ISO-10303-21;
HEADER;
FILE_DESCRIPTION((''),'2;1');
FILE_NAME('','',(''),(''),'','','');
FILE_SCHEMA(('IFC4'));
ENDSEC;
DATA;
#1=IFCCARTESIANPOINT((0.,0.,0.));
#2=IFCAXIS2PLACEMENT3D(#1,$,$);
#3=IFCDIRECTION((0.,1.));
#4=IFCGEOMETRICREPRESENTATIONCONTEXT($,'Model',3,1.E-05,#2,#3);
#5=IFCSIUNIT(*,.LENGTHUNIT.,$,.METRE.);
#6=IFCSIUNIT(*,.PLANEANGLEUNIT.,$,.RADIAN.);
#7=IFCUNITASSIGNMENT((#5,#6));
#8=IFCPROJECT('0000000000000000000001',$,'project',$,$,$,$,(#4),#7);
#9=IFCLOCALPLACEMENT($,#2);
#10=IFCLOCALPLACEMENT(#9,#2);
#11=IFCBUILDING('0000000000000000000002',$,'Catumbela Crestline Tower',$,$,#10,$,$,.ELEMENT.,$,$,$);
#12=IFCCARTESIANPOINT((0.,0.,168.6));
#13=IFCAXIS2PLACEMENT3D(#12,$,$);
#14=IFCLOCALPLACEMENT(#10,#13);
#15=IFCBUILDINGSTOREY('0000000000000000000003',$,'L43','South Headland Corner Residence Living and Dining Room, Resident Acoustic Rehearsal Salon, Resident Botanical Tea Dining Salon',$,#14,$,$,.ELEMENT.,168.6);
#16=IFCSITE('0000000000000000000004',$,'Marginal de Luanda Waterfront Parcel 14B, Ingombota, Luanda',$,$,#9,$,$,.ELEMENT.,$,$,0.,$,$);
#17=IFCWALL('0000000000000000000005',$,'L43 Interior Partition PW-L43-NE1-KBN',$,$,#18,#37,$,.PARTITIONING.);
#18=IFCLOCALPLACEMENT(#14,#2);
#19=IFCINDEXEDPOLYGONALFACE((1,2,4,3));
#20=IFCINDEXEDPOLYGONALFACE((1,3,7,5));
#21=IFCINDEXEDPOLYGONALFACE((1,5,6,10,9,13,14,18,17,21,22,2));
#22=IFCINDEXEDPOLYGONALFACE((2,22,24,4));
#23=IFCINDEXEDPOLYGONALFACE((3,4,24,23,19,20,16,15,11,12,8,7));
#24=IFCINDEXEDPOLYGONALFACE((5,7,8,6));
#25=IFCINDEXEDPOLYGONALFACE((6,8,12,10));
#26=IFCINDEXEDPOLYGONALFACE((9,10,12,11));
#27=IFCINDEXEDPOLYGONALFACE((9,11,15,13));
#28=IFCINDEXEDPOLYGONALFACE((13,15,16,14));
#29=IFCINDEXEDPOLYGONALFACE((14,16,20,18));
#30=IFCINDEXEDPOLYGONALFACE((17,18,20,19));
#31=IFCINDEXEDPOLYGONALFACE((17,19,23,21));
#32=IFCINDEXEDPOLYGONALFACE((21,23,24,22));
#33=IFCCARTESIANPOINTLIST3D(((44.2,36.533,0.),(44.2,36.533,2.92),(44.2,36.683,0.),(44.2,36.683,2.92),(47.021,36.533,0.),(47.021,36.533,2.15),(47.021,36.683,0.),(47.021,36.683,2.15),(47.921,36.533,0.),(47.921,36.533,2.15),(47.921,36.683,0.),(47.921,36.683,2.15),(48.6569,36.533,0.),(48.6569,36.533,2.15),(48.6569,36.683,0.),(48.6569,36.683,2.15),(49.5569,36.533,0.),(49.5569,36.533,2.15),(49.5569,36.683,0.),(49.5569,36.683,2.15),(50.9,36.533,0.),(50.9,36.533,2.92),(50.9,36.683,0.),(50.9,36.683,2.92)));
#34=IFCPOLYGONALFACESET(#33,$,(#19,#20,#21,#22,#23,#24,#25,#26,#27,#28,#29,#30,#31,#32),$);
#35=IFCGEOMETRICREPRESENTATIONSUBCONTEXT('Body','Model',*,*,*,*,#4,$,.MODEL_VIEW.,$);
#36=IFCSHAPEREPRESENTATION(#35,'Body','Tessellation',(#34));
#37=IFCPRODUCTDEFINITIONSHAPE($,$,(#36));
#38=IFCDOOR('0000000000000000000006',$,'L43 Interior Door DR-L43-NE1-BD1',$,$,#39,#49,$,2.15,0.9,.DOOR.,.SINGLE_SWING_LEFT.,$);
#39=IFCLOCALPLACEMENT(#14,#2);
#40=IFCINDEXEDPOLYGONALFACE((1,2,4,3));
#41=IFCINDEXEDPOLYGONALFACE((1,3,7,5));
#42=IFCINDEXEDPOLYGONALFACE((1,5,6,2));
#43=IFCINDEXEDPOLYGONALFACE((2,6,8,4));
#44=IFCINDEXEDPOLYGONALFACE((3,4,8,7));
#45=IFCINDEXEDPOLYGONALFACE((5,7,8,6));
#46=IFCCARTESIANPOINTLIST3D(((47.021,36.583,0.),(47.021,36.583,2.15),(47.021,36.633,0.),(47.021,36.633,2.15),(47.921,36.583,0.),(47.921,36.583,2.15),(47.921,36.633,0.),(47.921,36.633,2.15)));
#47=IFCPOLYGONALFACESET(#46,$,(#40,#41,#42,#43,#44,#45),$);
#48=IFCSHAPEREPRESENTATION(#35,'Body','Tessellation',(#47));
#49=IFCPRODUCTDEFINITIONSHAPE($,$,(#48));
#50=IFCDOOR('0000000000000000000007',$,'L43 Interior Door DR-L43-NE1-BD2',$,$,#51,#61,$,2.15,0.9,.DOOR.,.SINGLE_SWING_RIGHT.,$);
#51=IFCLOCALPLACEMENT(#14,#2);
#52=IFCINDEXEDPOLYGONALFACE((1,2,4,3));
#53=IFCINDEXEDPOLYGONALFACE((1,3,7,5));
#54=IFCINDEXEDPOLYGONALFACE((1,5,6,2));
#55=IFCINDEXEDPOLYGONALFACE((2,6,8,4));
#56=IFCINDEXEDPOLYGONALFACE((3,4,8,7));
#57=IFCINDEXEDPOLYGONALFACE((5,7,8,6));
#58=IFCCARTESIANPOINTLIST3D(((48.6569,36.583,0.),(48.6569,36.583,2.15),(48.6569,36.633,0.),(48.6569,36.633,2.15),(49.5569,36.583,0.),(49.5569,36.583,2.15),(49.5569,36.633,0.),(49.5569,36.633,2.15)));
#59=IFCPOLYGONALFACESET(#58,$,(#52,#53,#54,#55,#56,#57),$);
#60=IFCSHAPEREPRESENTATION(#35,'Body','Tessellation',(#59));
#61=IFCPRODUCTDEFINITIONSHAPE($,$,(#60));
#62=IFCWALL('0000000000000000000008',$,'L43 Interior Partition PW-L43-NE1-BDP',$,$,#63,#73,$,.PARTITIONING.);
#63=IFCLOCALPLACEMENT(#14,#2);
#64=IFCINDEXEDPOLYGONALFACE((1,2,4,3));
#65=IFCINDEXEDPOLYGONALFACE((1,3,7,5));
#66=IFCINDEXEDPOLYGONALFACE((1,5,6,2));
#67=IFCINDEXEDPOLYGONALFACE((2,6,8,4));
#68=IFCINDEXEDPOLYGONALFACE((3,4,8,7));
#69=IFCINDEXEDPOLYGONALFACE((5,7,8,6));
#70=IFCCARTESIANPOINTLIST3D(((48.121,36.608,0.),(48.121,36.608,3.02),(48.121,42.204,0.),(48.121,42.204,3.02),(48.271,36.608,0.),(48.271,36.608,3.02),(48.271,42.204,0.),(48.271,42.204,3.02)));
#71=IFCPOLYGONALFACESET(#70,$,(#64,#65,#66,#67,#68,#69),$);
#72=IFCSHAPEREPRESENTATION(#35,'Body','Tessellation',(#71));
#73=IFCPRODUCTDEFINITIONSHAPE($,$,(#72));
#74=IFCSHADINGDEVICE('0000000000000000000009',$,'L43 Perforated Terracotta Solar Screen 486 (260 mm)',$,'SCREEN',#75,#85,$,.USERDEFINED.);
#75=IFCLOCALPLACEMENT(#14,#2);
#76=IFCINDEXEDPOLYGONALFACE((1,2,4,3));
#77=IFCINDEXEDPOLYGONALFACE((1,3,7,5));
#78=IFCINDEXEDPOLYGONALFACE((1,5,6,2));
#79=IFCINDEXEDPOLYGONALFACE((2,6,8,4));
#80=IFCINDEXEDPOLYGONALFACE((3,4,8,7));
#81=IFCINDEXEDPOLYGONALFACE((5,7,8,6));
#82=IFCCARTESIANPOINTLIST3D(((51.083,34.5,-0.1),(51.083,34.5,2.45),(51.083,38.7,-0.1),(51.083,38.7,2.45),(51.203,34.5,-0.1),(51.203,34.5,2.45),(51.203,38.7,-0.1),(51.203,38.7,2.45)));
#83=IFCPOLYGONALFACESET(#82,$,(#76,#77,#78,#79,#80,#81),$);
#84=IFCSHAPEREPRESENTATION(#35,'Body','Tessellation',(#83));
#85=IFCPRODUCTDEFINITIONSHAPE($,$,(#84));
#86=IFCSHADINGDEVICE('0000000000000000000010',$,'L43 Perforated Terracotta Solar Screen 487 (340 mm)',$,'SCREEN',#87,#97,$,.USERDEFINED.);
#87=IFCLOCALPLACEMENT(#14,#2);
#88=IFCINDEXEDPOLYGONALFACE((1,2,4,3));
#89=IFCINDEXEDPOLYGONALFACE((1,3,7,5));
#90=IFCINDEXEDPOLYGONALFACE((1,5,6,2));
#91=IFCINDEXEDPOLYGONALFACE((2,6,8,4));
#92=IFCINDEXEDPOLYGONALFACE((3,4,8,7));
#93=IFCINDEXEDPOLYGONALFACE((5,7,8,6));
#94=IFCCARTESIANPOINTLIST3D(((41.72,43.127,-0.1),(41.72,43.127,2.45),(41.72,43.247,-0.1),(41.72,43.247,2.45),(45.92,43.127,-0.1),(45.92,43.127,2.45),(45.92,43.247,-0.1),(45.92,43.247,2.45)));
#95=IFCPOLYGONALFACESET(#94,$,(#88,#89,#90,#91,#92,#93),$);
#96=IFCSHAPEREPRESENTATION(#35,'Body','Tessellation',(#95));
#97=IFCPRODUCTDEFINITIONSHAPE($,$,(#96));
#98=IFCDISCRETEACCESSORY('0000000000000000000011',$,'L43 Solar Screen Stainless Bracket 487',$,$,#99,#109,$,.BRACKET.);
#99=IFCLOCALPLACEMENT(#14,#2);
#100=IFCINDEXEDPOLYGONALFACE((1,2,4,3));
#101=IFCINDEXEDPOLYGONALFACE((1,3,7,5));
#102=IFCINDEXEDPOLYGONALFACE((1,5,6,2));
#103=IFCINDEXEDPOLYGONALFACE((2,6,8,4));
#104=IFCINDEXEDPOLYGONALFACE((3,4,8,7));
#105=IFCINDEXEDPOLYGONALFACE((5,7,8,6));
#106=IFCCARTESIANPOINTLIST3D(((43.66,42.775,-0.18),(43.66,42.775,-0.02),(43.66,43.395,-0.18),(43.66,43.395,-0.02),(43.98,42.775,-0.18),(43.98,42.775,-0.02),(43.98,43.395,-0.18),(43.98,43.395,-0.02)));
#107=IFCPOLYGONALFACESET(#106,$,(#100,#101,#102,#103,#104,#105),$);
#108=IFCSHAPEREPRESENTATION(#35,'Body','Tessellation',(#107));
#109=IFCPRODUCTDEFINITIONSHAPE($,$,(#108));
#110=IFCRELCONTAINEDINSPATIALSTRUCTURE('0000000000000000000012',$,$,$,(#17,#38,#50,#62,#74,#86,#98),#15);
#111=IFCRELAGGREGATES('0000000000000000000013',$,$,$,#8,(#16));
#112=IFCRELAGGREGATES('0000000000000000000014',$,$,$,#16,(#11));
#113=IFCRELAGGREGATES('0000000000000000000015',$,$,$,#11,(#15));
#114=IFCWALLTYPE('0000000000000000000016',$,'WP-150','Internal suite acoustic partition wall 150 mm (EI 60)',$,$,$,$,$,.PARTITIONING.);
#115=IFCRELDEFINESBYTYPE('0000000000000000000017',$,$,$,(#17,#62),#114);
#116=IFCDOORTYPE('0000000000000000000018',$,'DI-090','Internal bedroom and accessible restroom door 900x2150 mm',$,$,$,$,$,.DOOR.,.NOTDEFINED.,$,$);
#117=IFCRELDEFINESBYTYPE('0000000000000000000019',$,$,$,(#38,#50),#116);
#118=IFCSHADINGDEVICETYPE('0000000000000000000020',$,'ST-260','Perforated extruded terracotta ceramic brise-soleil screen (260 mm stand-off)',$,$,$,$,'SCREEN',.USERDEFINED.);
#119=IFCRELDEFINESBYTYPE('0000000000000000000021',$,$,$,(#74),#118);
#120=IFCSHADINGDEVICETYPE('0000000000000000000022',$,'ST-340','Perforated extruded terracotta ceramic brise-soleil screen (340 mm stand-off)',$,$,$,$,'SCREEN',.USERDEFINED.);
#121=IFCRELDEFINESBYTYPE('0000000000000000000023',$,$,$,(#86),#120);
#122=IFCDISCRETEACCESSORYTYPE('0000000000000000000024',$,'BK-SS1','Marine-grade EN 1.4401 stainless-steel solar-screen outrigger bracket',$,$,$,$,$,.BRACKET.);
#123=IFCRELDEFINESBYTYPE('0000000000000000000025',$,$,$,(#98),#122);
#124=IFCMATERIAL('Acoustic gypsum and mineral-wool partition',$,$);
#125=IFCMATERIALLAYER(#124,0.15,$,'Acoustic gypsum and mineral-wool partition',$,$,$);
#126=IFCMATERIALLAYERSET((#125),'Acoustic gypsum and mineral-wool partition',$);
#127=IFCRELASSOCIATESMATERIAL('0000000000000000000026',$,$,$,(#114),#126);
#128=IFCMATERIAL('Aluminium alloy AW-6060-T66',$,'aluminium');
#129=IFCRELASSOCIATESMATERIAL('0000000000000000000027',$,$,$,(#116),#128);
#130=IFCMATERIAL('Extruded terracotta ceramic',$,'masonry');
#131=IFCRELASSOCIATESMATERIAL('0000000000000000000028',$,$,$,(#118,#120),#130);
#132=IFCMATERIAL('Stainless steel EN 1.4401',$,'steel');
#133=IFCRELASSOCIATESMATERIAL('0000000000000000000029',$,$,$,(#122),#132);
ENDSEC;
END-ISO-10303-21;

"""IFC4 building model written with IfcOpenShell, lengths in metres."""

from ifc_helpers import new_model, si_unit, direction, frame, frame_2d, origin, origin_2d, place, context, subcontext, project, spatial, rectangle, extrude, material, layer, layer_set, type_object, element, fill, save


model = new_model("IFC4")

# Units and contexts
model_context = context("Model", 3, precision=1e-05, world=origin(), true_north=direction((0.0, 1.0)))
body_context = subcontext(model_context, "Body", "Model", "MODEL_VIEW")
ifc_project = project(units=[si_unit("LENGTHUNIT", "METRE"), si_unit("PLANEANGLEUNIT", "RADIAN")], contexts=[model_context])

# Site, building, storey
site_placement = place(None, origin())
site = spatial("IfcSite", under=ifc_project, at=site_placement, Name="Marginal de Luanda Waterfront Parcel 14B, Ingombota, Luanda", CompositionType="ELEMENT", RefElevation=0.0)
building_placement = place(site_placement, origin())
building = spatial("IfcBuilding", under=site, at=building_placement, Name="Catumbela Crestline Tower", CompositionType="ELEMENT")
storey_placement = place(building_placement, frame((0.0, 0.0, 168.6)))
storey = spatial("IfcBuildingStorey", under=building, at=storey_placement, Name="L43", Description="South Headland Corner Residence Living and Dining Room, Resident Acoustic Rehearsal Salon, Resident Botanical Tea Dining Salon", CompositionType="ELEMENT", Elevation=168.6)

# Shared definitions
ifc_material_1 = material(Name="Aluminium alloy AW-6060-T66", Category="aluminium")

# Wall, openings, doors
ifc_material_2 = material(Name="Acoustic gypsum and mineral-wool partition")
ifc_layer_1 = layer(ifc_material_2, 0.15, Name="Acoustic gypsum and mineral-wool partition")
ifc_layer_set_1 = layer_set([ifc_layer_1], Name="Acoustic gypsum and mineral-wool partition")
wall_type_1 = type_object("IfcWallType", Name="WP-150", Description="Internal suite acoustic partition wall 150 mm (EI 60)", PredefinedType="PARTITIONING", material=ifc_layer_set_1)
wall_1_placement = place(storey_placement, frame((44.2, 36.608, 0.0), z_axis=(0.0, 0.0, 1.0), x_axis=(1.0, 0.0, 0.0)))
wall_1 = element("IfcWall", 1, at=wall_1_placement, inside=storey, type_object=wall_type_1, Name="L43 Interior Partition PW-L43-NE1-KBN", PredefinedType="PARTITIONING", context=body_context, shape_type="SweptSolid", body=[
    extrude(rectangle(XDim=6.7, YDim=0.15, at=frame_2d((3.35, 0.0))), origin(), (0.0, 0.0, 1.0), 2.92),
])
opening_1_placement = place(wall_1_placement, frame((2.821, 0.0, 0.0)))
opening_1 = element("IfcOpeningElement", 2, at=opening_1_placement, cuts=wall_1, PredefinedType="OPENING", context=body_context, shape_type="SweptSolid", body=[
    extrude(rectangle(XDim=0.9, YDim=2.15, at=frame_2d((0.45, 1.075))), frame((0.0, 0.085, 0.0), z_axis=(0.0, -1.0, 0.0), x_axis=(1.0, 0.0, 0.0)), (0.0, 0.0, 1.0), 0.17),
])
opening_2_placement = place(wall_1_placement, frame((4.4569, 0.0, 0.0)))
opening_2 = element("IfcOpeningElement", 3, at=opening_2_placement, cuts=wall_1, PredefinedType="OPENING", context=body_context, shape_type="SweptSolid", body=[
    extrude(rectangle(XDim=0.9, YDim=2.15, at=frame_2d((0.45, 1.075))), frame((0.0, 0.085, 0.0), z_axis=(0.0, -1.0, 0.0), x_axis=(1.0, 0.0, 0.0)), (0.0, 0.0, 1.0), 0.17),
])
door_type = type_object("IfcDoorType", Name="DI-090", Description="Internal bedroom and accessible restroom door 900x2150 mm", OperationType="NOTDEFINED", PredefinedType="DOOR", material=ifc_material_1)
door_1_placement = place(opening_1_placement, origin())
door_1 = element("IfcDoor", 4, at=door_1_placement, inside=storey, type_object=door_type, Name="L43 Interior Door DR-L43-NE1-BD1", OperationType="SINGLE_SWING_LEFT", OverallHeight=2.15, OverallWidth=0.9, PredefinedType="DOOR", context=body_context, shape_type="SweptSolid", body=[
    extrude(rectangle(XDim=0.9, YDim=2.15, at=frame_2d((0.45, 1.075))), frame((0.0, 0.025, 0.0), z_axis=(0.0, -1.0, 0.0), x_axis=(1.0, 0.0, 0.0)), (0.0, 0.0, 1.0), 0.05),
])
fill(opening_1, door_1)
door_2_placement = place(opening_2_placement, origin())
door_2 = element("IfcDoor", 5, at=door_2_placement, inside=storey, type_object=door_type, Name="L43 Interior Door DR-L43-NE1-BD2", OperationType="SINGLE_SWING_RIGHT", OverallHeight=2.15, OverallWidth=0.9, PredefinedType="DOOR", context=body_context, shape_type="SweptSolid", body=[
    extrude(rectangle(XDim=0.9, YDim=2.15, at=frame_2d((0.45, 1.075))), frame((0.0, 0.025, 0.0), z_axis=(0.0, -1.0, 0.0), x_axis=(1.0, 0.0, 0.0)), (0.0, 0.0, 1.0), 0.05),
])
fill(opening_2, door_2)

# Wall
wall_2_placement = place(storey_placement, frame((48.196, 36.608, 0.0), z_axis=(0.0, 0.0, 1.0), x_axis=(0.0, 1.0, 0.0)))
element("IfcWall", 6, at=wall_2_placement, inside=storey, type_object=wall_type_1, Name="L43 Interior Partition PW-L43-NE1-BDP", PredefinedType="PARTITIONING", context=body_context, shape_type="SweptSolid", body=[
    extrude(rectangle(XDim=5.596, YDim=0.15, at=frame_2d((2.798, 0.0))), origin(), (0.0, 0.0, 1.0), 3.02),
])

# Shading devices
ifc_material_3 = material(Name="Extruded terracotta ceramic", Category="masonry")
shading_device_type_1 = type_object("IfcShadingDeviceType", Name="ST-260", Description="Perforated extruded terracotta ceramic brise-soleil screen (260 mm stand-off)", ElementType="SCREEN", PredefinedType="USERDEFINED", material=ifc_material_3)
shading_device_1_placement = place(storey_placement, frame((51.143, 36.6, -0.1), z_axis=(0.0, 0.0, 1.0), x_axis=(0.0, 1.0, 0.0)))
element("IfcShadingDevice", 7, at=shading_device_1_placement, inside=storey, type_object=shading_device_type_1, Name="L43 Perforated Terracotta Solar Screen 486 (260 mm)", ObjectType="SCREEN", PredefinedType="USERDEFINED", context=body_context, shape_type="SweptSolid", body=[
    extrude(rectangle(XDim=4.2, YDim=0.12, at=origin_2d()), origin(), (0.0, 0.0, 1.0), 2.55),
])
shading_device_type_2 = type_object("IfcShadingDeviceType", Name="ST-340", Description="Perforated extruded terracotta ceramic brise-soleil screen (340 mm stand-off)", ElementType="SCREEN", PredefinedType="USERDEFINED", material=ifc_material_3)
shading_device_2_placement = place(storey_placement, frame((43.82, 43.187, -0.1), z_axis=(0.0, 0.0, 1.0), x_axis=(-1.0, 0.0, 0.0)))
element("IfcShadingDevice", 8, at=shading_device_2_placement, inside=storey, type_object=shading_device_type_2, Name="L43 Perforated Terracotta Solar Screen 487 (340 mm)", ObjectType="SCREEN", PredefinedType="USERDEFINED", context=body_context, shape_type="SweptSolid", body=[
    extrude(rectangle(XDim=4.2, YDim=0.12, at=origin_2d()), origin(), (0.0, 0.0, 1.0), 2.55),
])

# Discrete accessory
ifc_material_4 = material(Name="Stainless steel EN 1.4401", Category="steel")
discrete_accessory_type = type_object("IfcDiscreteAccessoryType", Name="BK-SS1", Description="Marine-grade EN 1.4401 stainless-steel solar-screen outrigger bracket", PredefinedType="BRACKET", material=ifc_material_4)
discrete_accessory_placement = place(storey_placement, frame((43.82, 43.085, -0.18), z_axis=(0.0, 0.0, 1.0), x_axis=(-1.0, 0.0, 0.0)))
element("IfcDiscreteAccessory", 9, at=discrete_accessory_placement, inside=storey, type_object=discrete_accessory_type, Name="L43 Solar Screen Stainless Bracket 487", PredefinedType="BRACKET", context=body_context, shape_type="SweptSolid", body=[
    extrude(rectangle(XDim=0.32, YDim=0.62, at=origin_2d()), origin(), (0.0, 0.0, 1.0), 0.16),
])

save(model, "model.ifc")
